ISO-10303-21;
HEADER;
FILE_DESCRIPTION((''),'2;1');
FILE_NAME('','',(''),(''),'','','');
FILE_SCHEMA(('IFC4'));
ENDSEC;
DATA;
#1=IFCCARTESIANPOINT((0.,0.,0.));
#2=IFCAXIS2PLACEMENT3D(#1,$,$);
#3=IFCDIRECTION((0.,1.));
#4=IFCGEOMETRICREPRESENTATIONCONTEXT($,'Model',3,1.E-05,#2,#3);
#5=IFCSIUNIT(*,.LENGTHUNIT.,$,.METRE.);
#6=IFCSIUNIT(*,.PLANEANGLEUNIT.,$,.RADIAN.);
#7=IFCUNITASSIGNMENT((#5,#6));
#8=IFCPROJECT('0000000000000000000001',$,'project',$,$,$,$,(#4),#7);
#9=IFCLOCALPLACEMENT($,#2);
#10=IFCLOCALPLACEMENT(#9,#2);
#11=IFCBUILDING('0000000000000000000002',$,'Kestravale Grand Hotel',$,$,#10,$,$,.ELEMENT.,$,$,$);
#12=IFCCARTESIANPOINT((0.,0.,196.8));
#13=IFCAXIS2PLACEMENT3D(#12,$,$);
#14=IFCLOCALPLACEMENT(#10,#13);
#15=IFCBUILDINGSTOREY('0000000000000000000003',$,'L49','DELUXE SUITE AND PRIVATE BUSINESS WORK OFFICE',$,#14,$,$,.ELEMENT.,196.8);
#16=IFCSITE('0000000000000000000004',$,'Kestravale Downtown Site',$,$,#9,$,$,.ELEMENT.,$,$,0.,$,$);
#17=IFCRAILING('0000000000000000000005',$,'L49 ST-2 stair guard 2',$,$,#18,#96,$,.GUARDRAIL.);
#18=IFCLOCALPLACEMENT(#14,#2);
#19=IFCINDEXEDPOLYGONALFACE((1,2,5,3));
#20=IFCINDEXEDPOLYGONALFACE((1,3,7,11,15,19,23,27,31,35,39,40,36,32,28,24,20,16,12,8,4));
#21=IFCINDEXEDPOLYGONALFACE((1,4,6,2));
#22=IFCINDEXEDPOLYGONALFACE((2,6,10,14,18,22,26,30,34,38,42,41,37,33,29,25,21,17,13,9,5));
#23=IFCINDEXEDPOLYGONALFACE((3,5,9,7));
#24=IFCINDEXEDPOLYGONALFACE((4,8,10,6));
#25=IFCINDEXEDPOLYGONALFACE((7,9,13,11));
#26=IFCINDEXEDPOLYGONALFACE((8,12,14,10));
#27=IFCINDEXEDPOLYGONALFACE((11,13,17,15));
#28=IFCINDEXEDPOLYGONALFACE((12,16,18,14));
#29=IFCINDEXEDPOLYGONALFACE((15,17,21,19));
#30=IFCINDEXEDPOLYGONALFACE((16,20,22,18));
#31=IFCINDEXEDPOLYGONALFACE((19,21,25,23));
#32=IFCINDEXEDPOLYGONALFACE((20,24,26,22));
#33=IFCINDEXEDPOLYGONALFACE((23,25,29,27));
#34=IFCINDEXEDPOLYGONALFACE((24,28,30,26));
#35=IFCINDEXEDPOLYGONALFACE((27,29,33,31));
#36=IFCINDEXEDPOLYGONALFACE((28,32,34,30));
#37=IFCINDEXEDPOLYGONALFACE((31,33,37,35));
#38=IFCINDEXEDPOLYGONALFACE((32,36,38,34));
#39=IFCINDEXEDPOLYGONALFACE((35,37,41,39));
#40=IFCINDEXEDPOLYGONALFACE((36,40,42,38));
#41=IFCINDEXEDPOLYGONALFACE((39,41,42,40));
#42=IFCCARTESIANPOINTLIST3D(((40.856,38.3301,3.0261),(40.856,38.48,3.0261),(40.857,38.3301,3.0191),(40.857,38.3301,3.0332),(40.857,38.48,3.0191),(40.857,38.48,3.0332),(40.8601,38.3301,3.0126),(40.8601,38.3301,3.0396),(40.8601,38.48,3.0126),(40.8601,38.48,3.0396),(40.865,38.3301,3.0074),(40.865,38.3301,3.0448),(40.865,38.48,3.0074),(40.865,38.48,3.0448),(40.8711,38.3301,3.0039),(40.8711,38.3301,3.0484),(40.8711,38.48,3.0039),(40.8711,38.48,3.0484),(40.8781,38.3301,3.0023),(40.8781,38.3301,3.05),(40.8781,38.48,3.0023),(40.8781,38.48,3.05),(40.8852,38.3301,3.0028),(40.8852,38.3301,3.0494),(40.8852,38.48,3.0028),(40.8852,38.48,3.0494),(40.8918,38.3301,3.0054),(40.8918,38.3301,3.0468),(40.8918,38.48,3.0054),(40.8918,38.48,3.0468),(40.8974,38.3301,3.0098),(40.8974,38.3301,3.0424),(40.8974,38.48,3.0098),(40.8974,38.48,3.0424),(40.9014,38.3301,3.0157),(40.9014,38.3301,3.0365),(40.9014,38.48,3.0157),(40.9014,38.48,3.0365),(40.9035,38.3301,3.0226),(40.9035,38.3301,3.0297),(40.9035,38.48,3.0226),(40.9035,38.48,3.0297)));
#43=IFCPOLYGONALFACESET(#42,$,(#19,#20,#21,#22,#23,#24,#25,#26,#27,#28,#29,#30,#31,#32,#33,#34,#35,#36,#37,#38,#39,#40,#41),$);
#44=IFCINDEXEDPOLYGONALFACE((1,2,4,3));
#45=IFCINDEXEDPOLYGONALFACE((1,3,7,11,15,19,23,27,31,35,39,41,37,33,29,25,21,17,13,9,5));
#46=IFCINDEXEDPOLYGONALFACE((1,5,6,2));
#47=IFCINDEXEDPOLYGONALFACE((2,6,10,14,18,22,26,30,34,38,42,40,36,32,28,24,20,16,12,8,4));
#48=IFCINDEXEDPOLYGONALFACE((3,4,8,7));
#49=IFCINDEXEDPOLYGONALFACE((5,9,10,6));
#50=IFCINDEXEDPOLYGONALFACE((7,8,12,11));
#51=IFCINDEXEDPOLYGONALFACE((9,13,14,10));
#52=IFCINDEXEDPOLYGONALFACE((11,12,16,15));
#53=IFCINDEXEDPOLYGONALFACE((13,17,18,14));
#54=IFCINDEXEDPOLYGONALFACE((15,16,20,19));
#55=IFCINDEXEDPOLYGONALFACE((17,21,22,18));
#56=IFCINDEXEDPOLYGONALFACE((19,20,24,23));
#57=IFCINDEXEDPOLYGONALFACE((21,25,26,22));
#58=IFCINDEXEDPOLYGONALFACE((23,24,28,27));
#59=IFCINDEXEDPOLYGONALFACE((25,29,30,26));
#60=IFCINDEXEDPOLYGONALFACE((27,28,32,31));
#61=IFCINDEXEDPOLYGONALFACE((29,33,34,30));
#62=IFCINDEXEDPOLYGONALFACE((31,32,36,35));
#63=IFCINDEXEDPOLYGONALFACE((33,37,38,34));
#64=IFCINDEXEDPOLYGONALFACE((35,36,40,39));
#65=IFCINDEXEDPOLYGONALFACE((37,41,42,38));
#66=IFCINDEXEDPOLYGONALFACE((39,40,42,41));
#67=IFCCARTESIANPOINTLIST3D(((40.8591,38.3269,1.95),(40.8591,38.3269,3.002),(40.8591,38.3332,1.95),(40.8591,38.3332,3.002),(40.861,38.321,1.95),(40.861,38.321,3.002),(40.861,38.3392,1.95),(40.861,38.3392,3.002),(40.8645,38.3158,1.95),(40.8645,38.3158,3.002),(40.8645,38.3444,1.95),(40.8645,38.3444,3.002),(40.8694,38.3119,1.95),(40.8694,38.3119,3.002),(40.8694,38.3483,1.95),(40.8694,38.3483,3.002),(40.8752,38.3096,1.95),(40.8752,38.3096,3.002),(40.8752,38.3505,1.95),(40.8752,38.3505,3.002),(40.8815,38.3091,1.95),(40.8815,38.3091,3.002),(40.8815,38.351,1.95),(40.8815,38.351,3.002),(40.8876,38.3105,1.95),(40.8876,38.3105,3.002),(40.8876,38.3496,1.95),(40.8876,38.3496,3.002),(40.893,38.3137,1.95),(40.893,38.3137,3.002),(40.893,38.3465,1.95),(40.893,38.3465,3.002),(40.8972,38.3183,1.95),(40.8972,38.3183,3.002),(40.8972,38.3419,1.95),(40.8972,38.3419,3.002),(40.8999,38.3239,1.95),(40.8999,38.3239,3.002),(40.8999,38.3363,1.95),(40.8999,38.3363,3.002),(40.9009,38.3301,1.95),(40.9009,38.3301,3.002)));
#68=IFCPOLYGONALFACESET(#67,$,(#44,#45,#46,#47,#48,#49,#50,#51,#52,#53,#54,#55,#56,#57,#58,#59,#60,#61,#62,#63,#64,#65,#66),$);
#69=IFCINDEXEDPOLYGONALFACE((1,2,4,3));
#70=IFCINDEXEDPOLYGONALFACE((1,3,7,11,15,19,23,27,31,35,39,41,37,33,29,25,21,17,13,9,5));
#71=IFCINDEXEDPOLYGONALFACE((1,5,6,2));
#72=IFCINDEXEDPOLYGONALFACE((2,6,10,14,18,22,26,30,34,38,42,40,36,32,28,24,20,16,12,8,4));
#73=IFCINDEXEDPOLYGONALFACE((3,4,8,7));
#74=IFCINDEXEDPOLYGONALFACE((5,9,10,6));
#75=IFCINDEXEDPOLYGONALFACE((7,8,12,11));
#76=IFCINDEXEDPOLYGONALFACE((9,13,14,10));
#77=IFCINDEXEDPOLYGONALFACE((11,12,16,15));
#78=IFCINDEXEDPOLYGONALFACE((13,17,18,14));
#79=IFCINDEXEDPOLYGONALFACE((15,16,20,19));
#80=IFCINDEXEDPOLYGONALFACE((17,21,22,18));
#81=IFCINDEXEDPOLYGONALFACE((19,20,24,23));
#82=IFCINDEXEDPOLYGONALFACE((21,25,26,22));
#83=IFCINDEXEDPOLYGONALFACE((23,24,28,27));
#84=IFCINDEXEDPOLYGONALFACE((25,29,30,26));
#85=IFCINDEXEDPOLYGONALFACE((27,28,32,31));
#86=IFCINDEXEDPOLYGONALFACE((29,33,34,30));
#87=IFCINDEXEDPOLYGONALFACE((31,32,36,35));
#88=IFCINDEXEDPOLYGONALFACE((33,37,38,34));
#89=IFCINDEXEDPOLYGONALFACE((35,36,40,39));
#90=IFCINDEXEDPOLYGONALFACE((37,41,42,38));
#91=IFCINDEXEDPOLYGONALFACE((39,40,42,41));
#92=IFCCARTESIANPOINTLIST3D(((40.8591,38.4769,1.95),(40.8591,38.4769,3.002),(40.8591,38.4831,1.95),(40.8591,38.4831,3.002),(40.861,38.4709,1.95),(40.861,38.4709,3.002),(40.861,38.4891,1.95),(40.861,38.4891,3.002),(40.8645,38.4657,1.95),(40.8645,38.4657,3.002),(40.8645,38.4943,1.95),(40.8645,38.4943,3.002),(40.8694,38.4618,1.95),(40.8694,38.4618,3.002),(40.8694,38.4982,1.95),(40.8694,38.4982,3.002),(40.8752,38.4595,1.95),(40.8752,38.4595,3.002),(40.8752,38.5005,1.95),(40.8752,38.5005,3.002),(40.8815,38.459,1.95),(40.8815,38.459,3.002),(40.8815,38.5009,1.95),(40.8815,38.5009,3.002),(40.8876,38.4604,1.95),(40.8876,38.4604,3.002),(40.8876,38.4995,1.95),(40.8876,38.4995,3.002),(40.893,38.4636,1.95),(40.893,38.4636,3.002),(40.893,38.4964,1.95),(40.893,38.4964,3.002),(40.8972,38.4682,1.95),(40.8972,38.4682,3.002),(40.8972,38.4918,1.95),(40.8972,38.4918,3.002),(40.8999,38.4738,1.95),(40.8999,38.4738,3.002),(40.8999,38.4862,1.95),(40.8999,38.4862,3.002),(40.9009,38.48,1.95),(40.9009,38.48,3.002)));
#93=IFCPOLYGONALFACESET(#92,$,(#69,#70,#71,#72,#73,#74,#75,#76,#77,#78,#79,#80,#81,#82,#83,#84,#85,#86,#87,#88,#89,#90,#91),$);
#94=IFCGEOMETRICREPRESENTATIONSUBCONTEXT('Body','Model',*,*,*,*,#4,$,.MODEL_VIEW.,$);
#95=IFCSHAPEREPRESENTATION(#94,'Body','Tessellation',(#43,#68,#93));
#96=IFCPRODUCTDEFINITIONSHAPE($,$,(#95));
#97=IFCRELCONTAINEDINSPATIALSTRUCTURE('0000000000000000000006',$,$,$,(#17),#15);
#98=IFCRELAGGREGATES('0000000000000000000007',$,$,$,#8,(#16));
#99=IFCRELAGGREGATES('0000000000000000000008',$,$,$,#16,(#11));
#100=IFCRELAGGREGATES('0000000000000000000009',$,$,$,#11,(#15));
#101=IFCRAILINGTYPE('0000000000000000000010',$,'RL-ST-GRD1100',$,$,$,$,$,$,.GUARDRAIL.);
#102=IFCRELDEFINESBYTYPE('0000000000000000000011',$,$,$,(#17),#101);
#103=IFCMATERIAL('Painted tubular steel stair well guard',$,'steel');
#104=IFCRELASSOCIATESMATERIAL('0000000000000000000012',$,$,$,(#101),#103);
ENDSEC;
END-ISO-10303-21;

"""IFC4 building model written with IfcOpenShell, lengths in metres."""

from ifc_helpers import new_model, si_unit, direction, frame, origin, origin_2d, place, context, subcontext, project, spatial, circle, extrude, material, type_object, element, save


model = new_model("IFC4")

# Units and contexts
model_context = context("Model", 3, precision=1e-05, world=origin(), true_north=direction((0.0, 1.0)))
body_context = subcontext(model_context, "Body", "Model", "MODEL_VIEW")
ifc_project = project(units=[si_unit("LENGTHUNIT", "METRE"), si_unit("PLANEANGLEUNIT", "RADIAN")], contexts=[model_context])

# Site, building, storey
site_placement = place(None, origin())
site = spatial("IfcSite", under=ifc_project, at=site_placement, Name="Kestravale Downtown Site", CompositionType="ELEMENT", RefElevation=0.0)
building_placement = place(site_placement, origin())
building = spatial("IfcBuilding", under=site, at=building_placement, Name="Kestravale Grand Hotel", CompositionType="ELEMENT")
storey_placement = place(building_placement, frame((0.0, 0.0, 196.8)))
storey = spatial("IfcBuildingStorey", under=building, at=storey_placement, Name="L49", Description="DELUXE SUITE AND PRIVATE BUSINESS WORK OFFICE", CompositionType="ELEMENT", Elevation=196.8)

# Railing
ifc_material_1 = material(Name="Painted tubular steel stair well guard", Category="steel")
railing_type_1 = type_object("IfcRailingType", Name="RL-ST-GRD1100", PredefinedType="GUARDRAIL", material=ifc_material_1)
railing_1_placement = place(storey_placement, frame((40.8799, 38.3301, 1.95)))
element("IfcRailing", 1, at=railing_1_placement, inside=storey, type_object=railing_type_1, Name="L49 ST-2 stair guard 2", PredefinedType="GUARDRAIL", context=body_context, shape_type="SweptSolid", body=[
    extrude(circle(Radius=0.0239, at=origin_2d()), frame((0.0, 0.0, 1.0762), z_axis=(0.0, 1.0, 0.0), x_axis=(-1.0, 0.0, 0.0)), (0.0, 0.0, 1.0), 0.1499),
    extrude(circle(Radius=0.021, at=origin_2d()), origin(), (0.0, 0.0, 1.0), 1.052),
    extrude(circle(Radius=0.021, at=origin_2d()), frame((0.0, 0.1499, 0.0)), (0.0, 0.0, 1.0), 1.052),
])

save(model, "model.ifc")
